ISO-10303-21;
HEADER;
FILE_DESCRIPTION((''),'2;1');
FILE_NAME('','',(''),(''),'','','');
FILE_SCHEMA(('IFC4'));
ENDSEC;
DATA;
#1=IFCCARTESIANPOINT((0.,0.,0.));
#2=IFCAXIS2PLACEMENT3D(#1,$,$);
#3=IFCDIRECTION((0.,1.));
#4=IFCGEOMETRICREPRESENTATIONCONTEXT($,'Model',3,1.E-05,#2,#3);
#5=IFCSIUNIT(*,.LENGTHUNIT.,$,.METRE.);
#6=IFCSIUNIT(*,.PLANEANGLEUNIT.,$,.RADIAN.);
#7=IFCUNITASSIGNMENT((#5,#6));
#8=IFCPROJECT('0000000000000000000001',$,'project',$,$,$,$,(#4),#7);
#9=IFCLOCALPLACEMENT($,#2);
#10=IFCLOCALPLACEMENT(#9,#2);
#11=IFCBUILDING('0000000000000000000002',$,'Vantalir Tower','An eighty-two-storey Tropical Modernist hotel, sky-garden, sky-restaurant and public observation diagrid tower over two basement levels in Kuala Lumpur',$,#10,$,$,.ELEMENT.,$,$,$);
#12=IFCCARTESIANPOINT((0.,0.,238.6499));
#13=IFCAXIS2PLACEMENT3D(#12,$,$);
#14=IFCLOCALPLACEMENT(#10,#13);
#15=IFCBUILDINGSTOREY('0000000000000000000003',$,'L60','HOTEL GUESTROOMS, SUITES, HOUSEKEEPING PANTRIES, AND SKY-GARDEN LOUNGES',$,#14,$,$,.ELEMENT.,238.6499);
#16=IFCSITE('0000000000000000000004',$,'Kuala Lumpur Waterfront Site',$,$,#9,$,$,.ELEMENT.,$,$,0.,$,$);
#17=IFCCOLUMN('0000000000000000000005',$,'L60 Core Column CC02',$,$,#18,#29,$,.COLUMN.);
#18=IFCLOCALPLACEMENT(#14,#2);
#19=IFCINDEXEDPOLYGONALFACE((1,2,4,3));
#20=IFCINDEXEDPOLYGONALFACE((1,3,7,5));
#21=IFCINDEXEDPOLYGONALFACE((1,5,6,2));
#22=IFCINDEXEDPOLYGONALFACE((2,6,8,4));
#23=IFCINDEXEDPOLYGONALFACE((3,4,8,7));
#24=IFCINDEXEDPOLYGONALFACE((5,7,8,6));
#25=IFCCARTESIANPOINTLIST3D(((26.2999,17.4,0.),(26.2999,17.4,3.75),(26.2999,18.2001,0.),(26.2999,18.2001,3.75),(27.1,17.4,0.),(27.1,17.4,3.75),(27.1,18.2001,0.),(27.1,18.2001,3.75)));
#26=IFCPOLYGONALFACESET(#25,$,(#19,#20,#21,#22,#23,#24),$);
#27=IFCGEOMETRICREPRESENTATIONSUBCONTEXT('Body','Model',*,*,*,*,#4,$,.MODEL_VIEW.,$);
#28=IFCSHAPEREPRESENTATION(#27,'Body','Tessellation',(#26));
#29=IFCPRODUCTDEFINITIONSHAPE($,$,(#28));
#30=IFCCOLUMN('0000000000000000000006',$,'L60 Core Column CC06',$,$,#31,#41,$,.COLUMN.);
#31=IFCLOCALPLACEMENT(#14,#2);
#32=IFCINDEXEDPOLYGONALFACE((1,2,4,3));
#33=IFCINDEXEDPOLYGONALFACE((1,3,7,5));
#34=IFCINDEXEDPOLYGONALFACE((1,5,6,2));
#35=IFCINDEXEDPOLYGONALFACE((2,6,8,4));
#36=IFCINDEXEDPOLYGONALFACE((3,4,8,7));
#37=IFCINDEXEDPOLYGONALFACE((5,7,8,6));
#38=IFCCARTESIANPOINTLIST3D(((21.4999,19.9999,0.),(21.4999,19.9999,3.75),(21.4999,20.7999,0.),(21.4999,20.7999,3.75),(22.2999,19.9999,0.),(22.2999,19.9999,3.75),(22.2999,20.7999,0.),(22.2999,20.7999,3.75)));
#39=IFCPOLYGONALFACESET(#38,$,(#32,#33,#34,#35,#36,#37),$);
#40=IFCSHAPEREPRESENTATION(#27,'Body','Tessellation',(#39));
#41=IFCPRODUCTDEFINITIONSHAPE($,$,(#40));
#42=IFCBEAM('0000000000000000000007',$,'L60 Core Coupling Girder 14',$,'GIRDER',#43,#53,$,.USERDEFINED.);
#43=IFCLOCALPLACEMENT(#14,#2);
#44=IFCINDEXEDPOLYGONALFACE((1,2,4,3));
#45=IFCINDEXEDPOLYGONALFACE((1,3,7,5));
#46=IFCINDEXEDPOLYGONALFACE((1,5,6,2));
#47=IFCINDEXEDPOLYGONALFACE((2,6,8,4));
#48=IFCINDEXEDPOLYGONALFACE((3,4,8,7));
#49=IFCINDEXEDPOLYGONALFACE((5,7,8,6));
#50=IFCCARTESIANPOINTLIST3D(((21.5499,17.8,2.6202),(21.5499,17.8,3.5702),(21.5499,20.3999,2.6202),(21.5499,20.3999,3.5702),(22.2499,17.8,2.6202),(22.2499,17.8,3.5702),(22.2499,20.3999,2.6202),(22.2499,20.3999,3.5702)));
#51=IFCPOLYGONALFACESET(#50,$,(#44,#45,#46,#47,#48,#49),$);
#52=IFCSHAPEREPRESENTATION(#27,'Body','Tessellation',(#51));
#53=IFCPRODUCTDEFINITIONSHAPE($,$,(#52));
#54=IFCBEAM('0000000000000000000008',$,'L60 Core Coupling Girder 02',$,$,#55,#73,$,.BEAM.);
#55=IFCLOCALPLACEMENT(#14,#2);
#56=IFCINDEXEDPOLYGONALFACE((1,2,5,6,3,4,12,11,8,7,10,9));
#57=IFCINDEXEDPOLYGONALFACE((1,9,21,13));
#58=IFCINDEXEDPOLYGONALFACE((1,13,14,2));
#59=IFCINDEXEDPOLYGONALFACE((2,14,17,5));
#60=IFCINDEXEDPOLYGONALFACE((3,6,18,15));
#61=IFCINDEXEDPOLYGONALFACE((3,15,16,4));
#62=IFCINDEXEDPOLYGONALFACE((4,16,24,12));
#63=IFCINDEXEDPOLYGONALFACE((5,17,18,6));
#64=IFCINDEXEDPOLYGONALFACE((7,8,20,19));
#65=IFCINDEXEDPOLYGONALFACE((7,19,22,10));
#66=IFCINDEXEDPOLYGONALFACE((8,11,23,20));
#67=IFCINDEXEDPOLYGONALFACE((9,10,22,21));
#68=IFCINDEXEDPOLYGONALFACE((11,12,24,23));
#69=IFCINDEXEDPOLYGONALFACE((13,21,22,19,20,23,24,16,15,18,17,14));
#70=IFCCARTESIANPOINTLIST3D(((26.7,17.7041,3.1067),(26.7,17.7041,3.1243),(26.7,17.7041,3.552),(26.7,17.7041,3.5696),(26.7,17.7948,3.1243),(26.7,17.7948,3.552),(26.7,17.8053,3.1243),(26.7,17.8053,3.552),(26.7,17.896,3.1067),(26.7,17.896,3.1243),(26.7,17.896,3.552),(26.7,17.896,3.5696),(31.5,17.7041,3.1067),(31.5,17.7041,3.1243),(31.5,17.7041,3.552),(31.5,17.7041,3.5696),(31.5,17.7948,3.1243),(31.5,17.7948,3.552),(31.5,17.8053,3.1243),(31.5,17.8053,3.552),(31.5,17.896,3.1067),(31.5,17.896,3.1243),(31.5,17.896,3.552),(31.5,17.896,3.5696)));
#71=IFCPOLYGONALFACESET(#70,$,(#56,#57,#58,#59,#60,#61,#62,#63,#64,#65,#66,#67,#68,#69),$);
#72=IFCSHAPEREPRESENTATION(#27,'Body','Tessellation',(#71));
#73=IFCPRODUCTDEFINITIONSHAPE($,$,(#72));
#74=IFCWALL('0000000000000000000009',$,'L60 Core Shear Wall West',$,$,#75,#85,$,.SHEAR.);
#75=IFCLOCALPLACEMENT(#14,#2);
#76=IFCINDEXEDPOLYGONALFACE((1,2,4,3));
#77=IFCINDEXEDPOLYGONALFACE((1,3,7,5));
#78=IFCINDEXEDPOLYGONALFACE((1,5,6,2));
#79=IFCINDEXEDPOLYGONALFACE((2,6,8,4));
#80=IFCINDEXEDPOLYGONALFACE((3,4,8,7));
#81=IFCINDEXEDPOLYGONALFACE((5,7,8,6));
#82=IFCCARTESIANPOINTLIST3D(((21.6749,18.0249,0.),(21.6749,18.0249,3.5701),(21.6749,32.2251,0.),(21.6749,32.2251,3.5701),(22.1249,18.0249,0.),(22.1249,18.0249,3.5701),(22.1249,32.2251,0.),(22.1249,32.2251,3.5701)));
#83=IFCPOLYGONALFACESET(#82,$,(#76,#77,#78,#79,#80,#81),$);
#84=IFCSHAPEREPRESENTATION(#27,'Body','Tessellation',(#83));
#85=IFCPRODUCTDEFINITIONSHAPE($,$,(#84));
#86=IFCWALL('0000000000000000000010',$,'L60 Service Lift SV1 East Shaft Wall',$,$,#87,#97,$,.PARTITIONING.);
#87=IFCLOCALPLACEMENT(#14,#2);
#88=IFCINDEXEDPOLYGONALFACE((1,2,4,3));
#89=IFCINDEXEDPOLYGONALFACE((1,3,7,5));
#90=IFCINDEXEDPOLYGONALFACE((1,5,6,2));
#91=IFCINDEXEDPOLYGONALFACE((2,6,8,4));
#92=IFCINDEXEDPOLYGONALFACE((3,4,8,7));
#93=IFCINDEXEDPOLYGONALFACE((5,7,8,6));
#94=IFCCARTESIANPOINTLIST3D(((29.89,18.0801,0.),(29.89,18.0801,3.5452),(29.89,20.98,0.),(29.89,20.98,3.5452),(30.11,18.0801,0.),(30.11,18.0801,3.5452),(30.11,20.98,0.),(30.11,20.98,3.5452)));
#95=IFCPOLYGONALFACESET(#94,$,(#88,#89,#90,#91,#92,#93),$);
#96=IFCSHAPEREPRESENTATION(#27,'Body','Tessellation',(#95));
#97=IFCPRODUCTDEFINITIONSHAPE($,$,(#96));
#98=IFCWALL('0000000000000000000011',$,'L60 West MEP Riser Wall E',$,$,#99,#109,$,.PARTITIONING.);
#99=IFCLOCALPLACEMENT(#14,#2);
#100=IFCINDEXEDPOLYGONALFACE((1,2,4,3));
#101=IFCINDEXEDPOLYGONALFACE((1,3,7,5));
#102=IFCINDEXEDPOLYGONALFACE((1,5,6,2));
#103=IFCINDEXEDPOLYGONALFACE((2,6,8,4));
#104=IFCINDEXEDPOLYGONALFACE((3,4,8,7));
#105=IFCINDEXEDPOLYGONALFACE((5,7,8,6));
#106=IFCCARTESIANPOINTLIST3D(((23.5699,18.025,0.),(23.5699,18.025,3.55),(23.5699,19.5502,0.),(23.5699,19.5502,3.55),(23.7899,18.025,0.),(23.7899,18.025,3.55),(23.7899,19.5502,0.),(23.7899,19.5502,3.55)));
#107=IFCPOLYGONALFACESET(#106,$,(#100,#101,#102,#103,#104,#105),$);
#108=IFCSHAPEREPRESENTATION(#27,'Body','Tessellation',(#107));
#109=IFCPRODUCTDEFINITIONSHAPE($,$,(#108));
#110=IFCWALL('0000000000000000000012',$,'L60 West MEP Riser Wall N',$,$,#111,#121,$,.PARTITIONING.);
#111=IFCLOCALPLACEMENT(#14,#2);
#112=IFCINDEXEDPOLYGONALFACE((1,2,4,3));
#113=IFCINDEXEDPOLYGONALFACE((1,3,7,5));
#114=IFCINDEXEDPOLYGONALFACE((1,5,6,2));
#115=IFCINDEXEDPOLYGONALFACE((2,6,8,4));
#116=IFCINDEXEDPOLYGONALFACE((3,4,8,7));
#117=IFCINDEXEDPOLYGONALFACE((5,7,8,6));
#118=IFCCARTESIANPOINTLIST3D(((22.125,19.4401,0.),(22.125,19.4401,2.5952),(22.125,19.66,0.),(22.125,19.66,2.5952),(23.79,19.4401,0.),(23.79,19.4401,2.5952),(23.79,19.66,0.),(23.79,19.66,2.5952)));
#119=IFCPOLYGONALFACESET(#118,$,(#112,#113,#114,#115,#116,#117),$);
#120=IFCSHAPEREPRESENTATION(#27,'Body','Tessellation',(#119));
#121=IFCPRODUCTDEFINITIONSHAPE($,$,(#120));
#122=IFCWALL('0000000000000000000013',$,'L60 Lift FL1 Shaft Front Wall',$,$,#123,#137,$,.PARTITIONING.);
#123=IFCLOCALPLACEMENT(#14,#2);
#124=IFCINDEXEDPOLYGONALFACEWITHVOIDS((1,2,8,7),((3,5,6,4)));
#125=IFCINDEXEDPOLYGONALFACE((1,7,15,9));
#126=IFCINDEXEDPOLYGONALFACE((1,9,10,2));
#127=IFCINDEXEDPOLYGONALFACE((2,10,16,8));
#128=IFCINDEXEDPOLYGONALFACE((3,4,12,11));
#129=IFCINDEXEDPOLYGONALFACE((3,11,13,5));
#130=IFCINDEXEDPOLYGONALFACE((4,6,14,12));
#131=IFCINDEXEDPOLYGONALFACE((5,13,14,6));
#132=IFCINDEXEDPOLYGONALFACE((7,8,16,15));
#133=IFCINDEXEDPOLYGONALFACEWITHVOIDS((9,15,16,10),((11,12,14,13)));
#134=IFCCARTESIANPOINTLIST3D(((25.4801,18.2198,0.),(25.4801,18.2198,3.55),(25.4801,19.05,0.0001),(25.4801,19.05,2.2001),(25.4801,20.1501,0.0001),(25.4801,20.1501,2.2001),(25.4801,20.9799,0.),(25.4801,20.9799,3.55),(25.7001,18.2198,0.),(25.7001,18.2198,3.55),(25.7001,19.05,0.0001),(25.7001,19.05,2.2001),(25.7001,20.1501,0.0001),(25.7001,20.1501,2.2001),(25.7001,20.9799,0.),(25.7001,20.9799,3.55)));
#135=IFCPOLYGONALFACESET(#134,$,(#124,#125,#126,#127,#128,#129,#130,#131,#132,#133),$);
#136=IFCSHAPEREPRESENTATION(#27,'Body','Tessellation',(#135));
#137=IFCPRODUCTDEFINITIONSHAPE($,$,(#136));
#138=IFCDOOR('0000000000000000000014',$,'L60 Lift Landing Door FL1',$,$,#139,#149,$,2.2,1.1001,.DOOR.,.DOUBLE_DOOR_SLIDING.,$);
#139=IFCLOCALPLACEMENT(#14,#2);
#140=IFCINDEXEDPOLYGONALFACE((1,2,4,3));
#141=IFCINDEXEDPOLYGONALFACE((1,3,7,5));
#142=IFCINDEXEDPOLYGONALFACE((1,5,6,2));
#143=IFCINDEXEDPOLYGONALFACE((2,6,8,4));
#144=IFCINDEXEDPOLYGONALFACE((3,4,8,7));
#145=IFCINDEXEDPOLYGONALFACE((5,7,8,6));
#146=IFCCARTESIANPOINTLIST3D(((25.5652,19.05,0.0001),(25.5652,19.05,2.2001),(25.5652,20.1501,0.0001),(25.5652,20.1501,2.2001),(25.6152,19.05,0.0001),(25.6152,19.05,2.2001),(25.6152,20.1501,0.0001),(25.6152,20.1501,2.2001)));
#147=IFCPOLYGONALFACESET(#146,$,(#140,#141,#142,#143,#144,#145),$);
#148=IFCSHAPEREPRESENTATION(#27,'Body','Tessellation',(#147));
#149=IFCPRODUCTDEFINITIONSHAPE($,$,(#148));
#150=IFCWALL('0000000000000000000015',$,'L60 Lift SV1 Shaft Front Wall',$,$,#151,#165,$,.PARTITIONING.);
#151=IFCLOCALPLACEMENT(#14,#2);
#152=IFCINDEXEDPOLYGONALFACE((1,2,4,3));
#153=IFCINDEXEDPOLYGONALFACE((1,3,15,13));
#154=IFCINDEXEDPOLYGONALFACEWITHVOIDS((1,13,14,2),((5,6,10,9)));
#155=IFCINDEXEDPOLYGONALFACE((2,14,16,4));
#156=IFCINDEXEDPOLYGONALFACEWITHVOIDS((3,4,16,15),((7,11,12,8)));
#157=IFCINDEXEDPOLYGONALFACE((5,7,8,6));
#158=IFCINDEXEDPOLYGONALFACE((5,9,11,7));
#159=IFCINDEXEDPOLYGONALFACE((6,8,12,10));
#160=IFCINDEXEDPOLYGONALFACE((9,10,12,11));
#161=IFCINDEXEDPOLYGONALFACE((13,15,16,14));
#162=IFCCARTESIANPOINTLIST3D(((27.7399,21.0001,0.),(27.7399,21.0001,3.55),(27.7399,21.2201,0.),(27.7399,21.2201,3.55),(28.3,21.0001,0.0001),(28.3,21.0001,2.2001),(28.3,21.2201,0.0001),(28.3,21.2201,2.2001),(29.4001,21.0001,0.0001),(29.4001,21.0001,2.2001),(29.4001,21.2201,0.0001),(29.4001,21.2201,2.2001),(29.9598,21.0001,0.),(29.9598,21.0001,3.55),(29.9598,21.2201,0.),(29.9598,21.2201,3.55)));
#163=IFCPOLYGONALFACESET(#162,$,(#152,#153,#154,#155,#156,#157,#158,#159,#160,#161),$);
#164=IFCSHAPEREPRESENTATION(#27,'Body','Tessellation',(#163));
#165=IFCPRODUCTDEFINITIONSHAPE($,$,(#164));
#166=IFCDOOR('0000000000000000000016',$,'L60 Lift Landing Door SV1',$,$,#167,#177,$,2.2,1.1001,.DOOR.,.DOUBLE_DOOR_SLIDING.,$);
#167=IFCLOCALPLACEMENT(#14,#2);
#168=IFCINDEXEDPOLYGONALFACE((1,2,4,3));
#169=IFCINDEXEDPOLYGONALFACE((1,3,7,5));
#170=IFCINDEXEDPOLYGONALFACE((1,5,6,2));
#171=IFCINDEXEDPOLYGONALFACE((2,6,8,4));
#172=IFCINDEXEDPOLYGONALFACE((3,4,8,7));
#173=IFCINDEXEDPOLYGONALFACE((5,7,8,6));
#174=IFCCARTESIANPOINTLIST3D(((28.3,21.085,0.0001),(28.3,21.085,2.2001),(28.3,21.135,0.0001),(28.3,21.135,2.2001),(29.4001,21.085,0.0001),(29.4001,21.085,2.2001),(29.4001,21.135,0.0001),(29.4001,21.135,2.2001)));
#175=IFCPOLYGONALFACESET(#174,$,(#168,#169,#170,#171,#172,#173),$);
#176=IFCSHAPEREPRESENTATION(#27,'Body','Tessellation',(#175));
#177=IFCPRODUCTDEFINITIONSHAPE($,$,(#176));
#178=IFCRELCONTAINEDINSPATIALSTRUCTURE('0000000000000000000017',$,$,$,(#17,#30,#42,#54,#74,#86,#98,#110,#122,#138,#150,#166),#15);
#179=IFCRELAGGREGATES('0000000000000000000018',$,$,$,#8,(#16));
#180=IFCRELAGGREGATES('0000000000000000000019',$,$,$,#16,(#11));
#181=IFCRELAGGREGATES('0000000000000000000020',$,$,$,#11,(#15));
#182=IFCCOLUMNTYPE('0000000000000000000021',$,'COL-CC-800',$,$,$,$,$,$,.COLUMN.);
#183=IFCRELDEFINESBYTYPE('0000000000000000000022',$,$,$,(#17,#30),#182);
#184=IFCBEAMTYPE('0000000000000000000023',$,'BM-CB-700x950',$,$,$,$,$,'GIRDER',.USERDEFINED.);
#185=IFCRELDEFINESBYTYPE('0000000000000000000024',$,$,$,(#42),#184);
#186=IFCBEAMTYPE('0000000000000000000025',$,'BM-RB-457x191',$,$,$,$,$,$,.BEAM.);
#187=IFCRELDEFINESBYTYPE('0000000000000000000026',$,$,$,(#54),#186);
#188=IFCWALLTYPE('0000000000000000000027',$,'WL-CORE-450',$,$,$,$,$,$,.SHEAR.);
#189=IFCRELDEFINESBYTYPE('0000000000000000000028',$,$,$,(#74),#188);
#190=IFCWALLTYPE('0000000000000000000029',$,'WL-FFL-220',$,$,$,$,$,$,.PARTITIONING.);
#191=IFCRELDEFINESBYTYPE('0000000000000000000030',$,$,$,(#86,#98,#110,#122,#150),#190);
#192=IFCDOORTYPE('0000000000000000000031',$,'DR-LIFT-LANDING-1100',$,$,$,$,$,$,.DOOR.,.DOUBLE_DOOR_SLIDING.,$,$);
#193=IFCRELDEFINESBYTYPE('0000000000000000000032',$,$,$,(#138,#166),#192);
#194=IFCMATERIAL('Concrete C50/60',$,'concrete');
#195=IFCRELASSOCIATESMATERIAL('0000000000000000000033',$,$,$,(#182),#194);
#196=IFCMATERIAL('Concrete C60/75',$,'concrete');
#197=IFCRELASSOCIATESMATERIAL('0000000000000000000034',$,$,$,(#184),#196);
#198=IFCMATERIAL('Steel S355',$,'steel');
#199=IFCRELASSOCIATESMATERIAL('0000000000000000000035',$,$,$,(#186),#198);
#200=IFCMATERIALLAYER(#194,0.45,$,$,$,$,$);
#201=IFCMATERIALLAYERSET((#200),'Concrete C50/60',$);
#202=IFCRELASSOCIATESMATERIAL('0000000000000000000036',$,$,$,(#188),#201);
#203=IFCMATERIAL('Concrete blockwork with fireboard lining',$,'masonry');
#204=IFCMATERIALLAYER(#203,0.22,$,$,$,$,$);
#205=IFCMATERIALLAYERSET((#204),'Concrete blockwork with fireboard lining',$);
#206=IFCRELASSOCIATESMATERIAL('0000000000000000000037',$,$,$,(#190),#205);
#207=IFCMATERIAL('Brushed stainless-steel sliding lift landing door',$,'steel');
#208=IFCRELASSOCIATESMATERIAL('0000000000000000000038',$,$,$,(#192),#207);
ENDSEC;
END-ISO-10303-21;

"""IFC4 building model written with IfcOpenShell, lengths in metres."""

from ifc_helpers import new_model, si_unit, direction, frame, frame_2d, origin, origin_2d, place, context, subcontext, project, spatial, rectangle, i_section, extrude, material, layer, layer_set, material_profile, profile_set, type_object, element, fill, save


model = new_model("IFC4")

# Units and contexts
model_context = context("Model", 3, precision=1e-05, world=origin(), true_north=direction((0.0, 1.0)))
body_context = subcontext(model_context, "Body", "Model", "MODEL_VIEW")
ifc_project = project(units=[si_unit("LENGTHUNIT", "METRE"), si_unit("PLANEANGLEUNIT", "RADIAN")], contexts=[model_context])

# Site, building, storey
site_placement = place(None, origin())
site = spatial("IfcSite", under=ifc_project, at=site_placement, Name="Kuala Lumpur Waterfront Site", CompositionType="ELEMENT", RefElevation=0.0)
building_placement = place(site_placement, origin())
building = spatial("IfcBuilding", under=site, at=building_placement, Name="Vantalir Tower", Description="An eighty-two-storey Tropical Modernist hotel, sky-garden, sky-restaurant and public observation diagrid tower over two basement levels in Kuala Lumpur", CompositionType="ELEMENT")
storey_placement = place(building_placement, frame((0.0, 0.0, 238.6499)))
storey = spatial("IfcBuildingStorey", under=building, at=storey_placement, Name="L60", Description="HOTEL GUESTROOMS, SUITES, HOUSEKEEPING PANTRIES, AND SKY-GARDEN LOUNGES", CompositionType="ELEMENT", Elevation=238.6499)

# Columns
ifc_material_1 = material(Name="Concrete C50/60", Category="concrete")
ifc_material_profile_1 = material_profile(ifc_material_1, rectangle(XDim=0.8, YDim=0.8, at=origin_2d()), Name="Concrete C50/60")
ifc_profile_set_1 = profile_set([ifc_material_profile_1], Name="Concrete C50/60")
column_type = type_object("IfcColumnType", Name="COL-CC-800", PredefinedType="COLUMN", material=ifc_profile_set_1)
for number, where, z_axis, x_axis, name in (
    (1, (26.7, 17.8, 0.0), (0.0, 0.0, 1.0), (1.0, 0.0, 0.0), "L60 Core Column CC02"),
    (2, (21.8999, 20.3999, 0.0), (0.0, 0.0, 1.0), (1.0, 0.0, 0.0), "L60 Core Column CC06"),
):
    element("IfcColumn", number, at=place(storey_placement, frame(where, z_axis=z_axis, x_axis=x_axis)), inside=storey, type_object=column_type, Name=name, PredefinedType="COLUMN", context=body_context, shape_type="SweptSolid", body=[
        extrude(rectangle(XDim=0.8, YDim=0.8, at=origin_2d()), origin(), (0.0, 0.0, 1.0), 3.75),
    ])

# Beams
ifc_material_2 = material(Name="Concrete C60/75", Category="concrete")
ifc_material_profile_2 = material_profile(ifc_material_2, rectangle(XDim=0.7, YDim=0.95, at=origin_2d()), Name="Concrete C60/75")
ifc_profile_set_2 = profile_set([ifc_material_profile_2], Name="Concrete C60/75")
beam_type_1 = type_object("IfcBeamType", Name="BM-CB-700x950", ElementType="GIRDER", PredefinedType="USERDEFINED", material=ifc_profile_set_2)
beam_1_placement = place(storey_placement, frame((21.8999, 20.3999, 3.0952), z_axis=(0.0, -1.0, 0.0), x_axis=(1.0, 0.0, 0.0)))
element("IfcBeam", 3, at=beam_1_placement, inside=storey, type_object=beam_type_1, Name="L60 Core Coupling Girder 14", ObjectType="GIRDER", PredefinedType="USERDEFINED", context=body_context, shape_type="SweptSolid", body=[
    extrude(rectangle(XDim=0.7, YDim=0.95, at=origin_2d()), origin(), (0.0, 0.0, 1.0), 2.5999),
])
ifc_material_3 = material(Name="Steel S355", Category="steel")
ifc_material_profile_3 = material_profile(ifc_material_3, i_section(OverallWidth=0.1919, OverallDepth=0.4629, WebThickness=0.0105, FlangeThickness=0.0176, at=origin_2d()), Name="Steel S355")
ifc_profile_set_3 = profile_set([ifc_material_profile_3], Name="Steel S355")
beam_type_2 = type_object("IfcBeamType", Name="BM-RB-457x191", PredefinedType="BEAM", material=ifc_profile_set_3)
beam_2_placement = place(storey_placement, frame((26.7, 17.8, 3.3381), z_axis=(1.0, 0.0, 0.0), x_axis=(0.0, 1.0, 0.0)))
element("IfcBeam", 4, at=beam_2_placement, inside=storey, type_object=beam_type_2, Name="L60 Core Coupling Girder 02", PredefinedType="BEAM", context=body_context, shape_type="SweptSolid", body=[
    extrude(i_section(OverallWidth=0.1919, OverallDepth=0.4629, WebThickness=0.0105, FlangeThickness=0.0176, at=origin_2d()), origin(), (0.0, 0.0, 1.0), 4.8),
])

# Walls
ifc_layer_1 = layer(ifc_material_1, 0.45)
ifc_layer_set_1 = layer_set([ifc_layer_1], Name="Concrete C50/60")
wall_type_1 = type_object("IfcWallType", Name="WL-CORE-450", PredefinedType="SHEAR", material=ifc_layer_set_1)
wall_1_placement = place(storey_placement, frame((21.8999, 18.0249, 0.0), z_axis=(0.0, 0.0, 1.0), x_axis=(0.0, 1.0, 0.0)))
element("IfcWall", 5, at=wall_1_placement, inside=storey, type_object=wall_type_1, Name="L60 Core Shear Wall West", PredefinedType="SHEAR", context=body_context, shape_type="SweptSolid", body=[
    extrude(rectangle(XDim=14.2002, YDim=0.45, at=frame_2d((7.1001, 0.0))), origin(), (0.0, 0.0, 1.0), 3.5701),
])
ifc_material_4 = material(Name="Concrete blockwork with fireboard lining", Category="masonry")
ifc_layer_2 = layer(ifc_material_4, 0.22)
ifc_layer_set_2 = layer_set([ifc_layer_2], Name="Concrete blockwork with fireboard lining")
wall_type_2 = type_object("IfcWallType", Name="WL-FFL-220", PredefinedType="PARTITIONING", material=ifc_layer_set_2)
wall_2_placement = place(storey_placement, frame((30.0, 18.0801, 0.0), z_axis=(0.0, 0.0, 1.0), x_axis=(0.0, 1.0, 0.0)))
element("IfcWall", 6, at=wall_2_placement, inside=storey, type_object=wall_type_2, Name="L60 Service Lift SV1 East Shaft Wall", PredefinedType="PARTITIONING", context=body_context, shape_type="SweptSolid", body=[
    extrude(rectangle(XDim=2.8999, YDim=0.22, at=frame_2d((1.45, 0.0))), origin(), (0.0, 0.0, 1.0), 3.5452),
])
wall_3_placement = place(storey_placement, frame((23.6799, 18.0249, 0.0), z_axis=(0.0, 0.0, 1.0), x_axis=(0.0, 1.0, 0.0)))
element("IfcWall", 7, at=wall_3_placement, inside=storey, type_object=wall_type_2, Name="L60 West MEP Riser Wall E", PredefinedType="PARTITIONING", context=body_context, shape_type="SweptSolid", body=[
    extrude(rectangle(XDim=1.5251, YDim=0.22, at=frame_2d((0.7627, 0.0))), origin(), (0.0, 0.0, 1.0), 3.55),
])
wall_4_placement = place(storey_placement, frame((22.125, 19.55, 0.0), z_axis=(0.0, 0.0, 1.0), x_axis=(1.0, 0.0, 0.0)))
element("IfcWall", 8, at=wall_4_placement, inside=storey, type_object=wall_type_2, Name="L60 West MEP Riser Wall N", PredefinedType="PARTITIONING", context=body_context, shape_type="SweptSolid", body=[
    extrude(rectangle(XDim=1.665, YDim=0.22, at=frame_2d((0.8325, 0.0))), origin(), (0.0, 0.0, 1.0), 2.5952),
])

# Walls, openings, doors
wall_5_placement = place(storey_placement, frame((25.5901, 18.22, 0.0), z_axis=(0.0, 0.0, 1.0), x_axis=(0.0, 1.0, 0.0)))
wall_5 = element("IfcWall", 9, at=wall_5_placement, inside=storey, type_object=wall_type_2, Name="L60 Lift FL1 Shaft Front Wall", PredefinedType="PARTITIONING", context=body_context, shape_type="SweptSolid", body=[
    extrude(rectangle(XDim=2.76, YDim=0.22, at=frame_2d((1.3799, 0.0))), origin(), (0.0, 0.0, 1.0), 3.55),
])
opening_1_placement = place(wall_5_placement, frame((0.8301, 0.0, 0.0)))
opening_1 = element("IfcOpeningElement", 10, at=opening_1_placement, cuts=wall_5, PredefinedType="OPENING", context=body_context, shape_type="SweptSolid", body=[
    extrude(rectangle(XDim=1.1001, YDim=2.2, at=frame_2d((0.55, 1.1001))), frame((0.0, 0.1199, 0.0), z_axis=(0.0, -1.0, 0.0), x_axis=(1.0, 0.0, 0.0)), (0.0, 0.0, 1.0), 0.24),
])
ifc_material_5 = material(Name="Brushed stainless-steel sliding lift landing door", Category="steel")
door_type_1 = type_object("IfcDoorType", Name="DR-LIFT-LANDING-1100", OperationType="DOUBLE_DOOR_SLIDING", PredefinedType="DOOR", material=ifc_material_5)
door_1_placement = place(opening_1_placement, origin())
door_1 = element("IfcDoor", 11, at=door_1_placement, inside=storey, type_object=door_type_1, Name="L60 Lift Landing Door FL1", OperationType="DOUBLE_DOOR_SLIDING", OverallHeight=2.2, OverallWidth=1.1001, PredefinedType="DOOR", context=body_context, shape_type="SweptSolid", body=[
    extrude(rectangle(XDim=1.1001, YDim=2.2, at=frame_2d((0.55, 1.1001))), frame((0.0, 0.0249, 0.0), z_axis=(0.0, -1.0, 0.0), x_axis=(1.0, 0.0, 0.0)), (0.0, 0.0, 1.0), 0.05),
])
fill(opening_1, door_1)
wall_6_placement = place(storey_placement, frame((27.74, 21.1101, 0.0), z_axis=(0.0, 0.0, 1.0), x_axis=(1.0, 0.0, 0.0)))
wall_6 = element("IfcWall", 12, at=wall_6_placement, inside=storey, type_object=wall_type_2, Name="L60 Lift SV1 Shaft Front Wall", PredefinedType="PARTITIONING", context=body_context, shape_type="SweptSolid", body=[
    extrude(rectangle(XDim=2.22, YDim=0.22, at=frame_2d((1.1099, 0.0))), origin(), (0.0, 0.0, 1.0), 3.55),
])
opening_2_placement = place(wall_6_placement, frame((0.5601, 0.0, 0.0)))
opening_2 = element("IfcOpeningElement", 13, at=opening_2_placement, cuts=wall_6, PredefinedType="OPENING", context=body_context, shape_type="SweptSolid", body=[
    extrude(rectangle(XDim=1.1001, YDim=2.2, at=frame_2d((0.55, 1.1001))), frame((0.0, 0.1199, 0.0), z_axis=(0.0, -1.0, 0.0), x_axis=(1.0, 0.0, 0.0)), (0.0, 0.0, 1.0), 0.24),
])
door_2_placement = place(opening_2_placement, origin())
door_2 = element("IfcDoor", 14, at=door_2_placement, inside=storey, type_object=door_type_1, Name="L60 Lift Landing Door SV1", OperationType="DOUBLE_DOOR_SLIDING", OverallHeight=2.2, OverallWidth=1.1001, PredefinedType="DOOR", context=body_context, shape_type="SweptSolid", body=[
    extrude(rectangle(XDim=1.1001, YDim=2.2, at=frame_2d((0.55, 1.1001))), frame((0.0, 0.0249, 0.0), z_axis=(0.0, -1.0, 0.0), x_axis=(1.0, 0.0, 0.0)), (0.0, 0.0, 1.0), 0.05),
])
fill(opening_2, door_2)

save(model, "model.ifc")
